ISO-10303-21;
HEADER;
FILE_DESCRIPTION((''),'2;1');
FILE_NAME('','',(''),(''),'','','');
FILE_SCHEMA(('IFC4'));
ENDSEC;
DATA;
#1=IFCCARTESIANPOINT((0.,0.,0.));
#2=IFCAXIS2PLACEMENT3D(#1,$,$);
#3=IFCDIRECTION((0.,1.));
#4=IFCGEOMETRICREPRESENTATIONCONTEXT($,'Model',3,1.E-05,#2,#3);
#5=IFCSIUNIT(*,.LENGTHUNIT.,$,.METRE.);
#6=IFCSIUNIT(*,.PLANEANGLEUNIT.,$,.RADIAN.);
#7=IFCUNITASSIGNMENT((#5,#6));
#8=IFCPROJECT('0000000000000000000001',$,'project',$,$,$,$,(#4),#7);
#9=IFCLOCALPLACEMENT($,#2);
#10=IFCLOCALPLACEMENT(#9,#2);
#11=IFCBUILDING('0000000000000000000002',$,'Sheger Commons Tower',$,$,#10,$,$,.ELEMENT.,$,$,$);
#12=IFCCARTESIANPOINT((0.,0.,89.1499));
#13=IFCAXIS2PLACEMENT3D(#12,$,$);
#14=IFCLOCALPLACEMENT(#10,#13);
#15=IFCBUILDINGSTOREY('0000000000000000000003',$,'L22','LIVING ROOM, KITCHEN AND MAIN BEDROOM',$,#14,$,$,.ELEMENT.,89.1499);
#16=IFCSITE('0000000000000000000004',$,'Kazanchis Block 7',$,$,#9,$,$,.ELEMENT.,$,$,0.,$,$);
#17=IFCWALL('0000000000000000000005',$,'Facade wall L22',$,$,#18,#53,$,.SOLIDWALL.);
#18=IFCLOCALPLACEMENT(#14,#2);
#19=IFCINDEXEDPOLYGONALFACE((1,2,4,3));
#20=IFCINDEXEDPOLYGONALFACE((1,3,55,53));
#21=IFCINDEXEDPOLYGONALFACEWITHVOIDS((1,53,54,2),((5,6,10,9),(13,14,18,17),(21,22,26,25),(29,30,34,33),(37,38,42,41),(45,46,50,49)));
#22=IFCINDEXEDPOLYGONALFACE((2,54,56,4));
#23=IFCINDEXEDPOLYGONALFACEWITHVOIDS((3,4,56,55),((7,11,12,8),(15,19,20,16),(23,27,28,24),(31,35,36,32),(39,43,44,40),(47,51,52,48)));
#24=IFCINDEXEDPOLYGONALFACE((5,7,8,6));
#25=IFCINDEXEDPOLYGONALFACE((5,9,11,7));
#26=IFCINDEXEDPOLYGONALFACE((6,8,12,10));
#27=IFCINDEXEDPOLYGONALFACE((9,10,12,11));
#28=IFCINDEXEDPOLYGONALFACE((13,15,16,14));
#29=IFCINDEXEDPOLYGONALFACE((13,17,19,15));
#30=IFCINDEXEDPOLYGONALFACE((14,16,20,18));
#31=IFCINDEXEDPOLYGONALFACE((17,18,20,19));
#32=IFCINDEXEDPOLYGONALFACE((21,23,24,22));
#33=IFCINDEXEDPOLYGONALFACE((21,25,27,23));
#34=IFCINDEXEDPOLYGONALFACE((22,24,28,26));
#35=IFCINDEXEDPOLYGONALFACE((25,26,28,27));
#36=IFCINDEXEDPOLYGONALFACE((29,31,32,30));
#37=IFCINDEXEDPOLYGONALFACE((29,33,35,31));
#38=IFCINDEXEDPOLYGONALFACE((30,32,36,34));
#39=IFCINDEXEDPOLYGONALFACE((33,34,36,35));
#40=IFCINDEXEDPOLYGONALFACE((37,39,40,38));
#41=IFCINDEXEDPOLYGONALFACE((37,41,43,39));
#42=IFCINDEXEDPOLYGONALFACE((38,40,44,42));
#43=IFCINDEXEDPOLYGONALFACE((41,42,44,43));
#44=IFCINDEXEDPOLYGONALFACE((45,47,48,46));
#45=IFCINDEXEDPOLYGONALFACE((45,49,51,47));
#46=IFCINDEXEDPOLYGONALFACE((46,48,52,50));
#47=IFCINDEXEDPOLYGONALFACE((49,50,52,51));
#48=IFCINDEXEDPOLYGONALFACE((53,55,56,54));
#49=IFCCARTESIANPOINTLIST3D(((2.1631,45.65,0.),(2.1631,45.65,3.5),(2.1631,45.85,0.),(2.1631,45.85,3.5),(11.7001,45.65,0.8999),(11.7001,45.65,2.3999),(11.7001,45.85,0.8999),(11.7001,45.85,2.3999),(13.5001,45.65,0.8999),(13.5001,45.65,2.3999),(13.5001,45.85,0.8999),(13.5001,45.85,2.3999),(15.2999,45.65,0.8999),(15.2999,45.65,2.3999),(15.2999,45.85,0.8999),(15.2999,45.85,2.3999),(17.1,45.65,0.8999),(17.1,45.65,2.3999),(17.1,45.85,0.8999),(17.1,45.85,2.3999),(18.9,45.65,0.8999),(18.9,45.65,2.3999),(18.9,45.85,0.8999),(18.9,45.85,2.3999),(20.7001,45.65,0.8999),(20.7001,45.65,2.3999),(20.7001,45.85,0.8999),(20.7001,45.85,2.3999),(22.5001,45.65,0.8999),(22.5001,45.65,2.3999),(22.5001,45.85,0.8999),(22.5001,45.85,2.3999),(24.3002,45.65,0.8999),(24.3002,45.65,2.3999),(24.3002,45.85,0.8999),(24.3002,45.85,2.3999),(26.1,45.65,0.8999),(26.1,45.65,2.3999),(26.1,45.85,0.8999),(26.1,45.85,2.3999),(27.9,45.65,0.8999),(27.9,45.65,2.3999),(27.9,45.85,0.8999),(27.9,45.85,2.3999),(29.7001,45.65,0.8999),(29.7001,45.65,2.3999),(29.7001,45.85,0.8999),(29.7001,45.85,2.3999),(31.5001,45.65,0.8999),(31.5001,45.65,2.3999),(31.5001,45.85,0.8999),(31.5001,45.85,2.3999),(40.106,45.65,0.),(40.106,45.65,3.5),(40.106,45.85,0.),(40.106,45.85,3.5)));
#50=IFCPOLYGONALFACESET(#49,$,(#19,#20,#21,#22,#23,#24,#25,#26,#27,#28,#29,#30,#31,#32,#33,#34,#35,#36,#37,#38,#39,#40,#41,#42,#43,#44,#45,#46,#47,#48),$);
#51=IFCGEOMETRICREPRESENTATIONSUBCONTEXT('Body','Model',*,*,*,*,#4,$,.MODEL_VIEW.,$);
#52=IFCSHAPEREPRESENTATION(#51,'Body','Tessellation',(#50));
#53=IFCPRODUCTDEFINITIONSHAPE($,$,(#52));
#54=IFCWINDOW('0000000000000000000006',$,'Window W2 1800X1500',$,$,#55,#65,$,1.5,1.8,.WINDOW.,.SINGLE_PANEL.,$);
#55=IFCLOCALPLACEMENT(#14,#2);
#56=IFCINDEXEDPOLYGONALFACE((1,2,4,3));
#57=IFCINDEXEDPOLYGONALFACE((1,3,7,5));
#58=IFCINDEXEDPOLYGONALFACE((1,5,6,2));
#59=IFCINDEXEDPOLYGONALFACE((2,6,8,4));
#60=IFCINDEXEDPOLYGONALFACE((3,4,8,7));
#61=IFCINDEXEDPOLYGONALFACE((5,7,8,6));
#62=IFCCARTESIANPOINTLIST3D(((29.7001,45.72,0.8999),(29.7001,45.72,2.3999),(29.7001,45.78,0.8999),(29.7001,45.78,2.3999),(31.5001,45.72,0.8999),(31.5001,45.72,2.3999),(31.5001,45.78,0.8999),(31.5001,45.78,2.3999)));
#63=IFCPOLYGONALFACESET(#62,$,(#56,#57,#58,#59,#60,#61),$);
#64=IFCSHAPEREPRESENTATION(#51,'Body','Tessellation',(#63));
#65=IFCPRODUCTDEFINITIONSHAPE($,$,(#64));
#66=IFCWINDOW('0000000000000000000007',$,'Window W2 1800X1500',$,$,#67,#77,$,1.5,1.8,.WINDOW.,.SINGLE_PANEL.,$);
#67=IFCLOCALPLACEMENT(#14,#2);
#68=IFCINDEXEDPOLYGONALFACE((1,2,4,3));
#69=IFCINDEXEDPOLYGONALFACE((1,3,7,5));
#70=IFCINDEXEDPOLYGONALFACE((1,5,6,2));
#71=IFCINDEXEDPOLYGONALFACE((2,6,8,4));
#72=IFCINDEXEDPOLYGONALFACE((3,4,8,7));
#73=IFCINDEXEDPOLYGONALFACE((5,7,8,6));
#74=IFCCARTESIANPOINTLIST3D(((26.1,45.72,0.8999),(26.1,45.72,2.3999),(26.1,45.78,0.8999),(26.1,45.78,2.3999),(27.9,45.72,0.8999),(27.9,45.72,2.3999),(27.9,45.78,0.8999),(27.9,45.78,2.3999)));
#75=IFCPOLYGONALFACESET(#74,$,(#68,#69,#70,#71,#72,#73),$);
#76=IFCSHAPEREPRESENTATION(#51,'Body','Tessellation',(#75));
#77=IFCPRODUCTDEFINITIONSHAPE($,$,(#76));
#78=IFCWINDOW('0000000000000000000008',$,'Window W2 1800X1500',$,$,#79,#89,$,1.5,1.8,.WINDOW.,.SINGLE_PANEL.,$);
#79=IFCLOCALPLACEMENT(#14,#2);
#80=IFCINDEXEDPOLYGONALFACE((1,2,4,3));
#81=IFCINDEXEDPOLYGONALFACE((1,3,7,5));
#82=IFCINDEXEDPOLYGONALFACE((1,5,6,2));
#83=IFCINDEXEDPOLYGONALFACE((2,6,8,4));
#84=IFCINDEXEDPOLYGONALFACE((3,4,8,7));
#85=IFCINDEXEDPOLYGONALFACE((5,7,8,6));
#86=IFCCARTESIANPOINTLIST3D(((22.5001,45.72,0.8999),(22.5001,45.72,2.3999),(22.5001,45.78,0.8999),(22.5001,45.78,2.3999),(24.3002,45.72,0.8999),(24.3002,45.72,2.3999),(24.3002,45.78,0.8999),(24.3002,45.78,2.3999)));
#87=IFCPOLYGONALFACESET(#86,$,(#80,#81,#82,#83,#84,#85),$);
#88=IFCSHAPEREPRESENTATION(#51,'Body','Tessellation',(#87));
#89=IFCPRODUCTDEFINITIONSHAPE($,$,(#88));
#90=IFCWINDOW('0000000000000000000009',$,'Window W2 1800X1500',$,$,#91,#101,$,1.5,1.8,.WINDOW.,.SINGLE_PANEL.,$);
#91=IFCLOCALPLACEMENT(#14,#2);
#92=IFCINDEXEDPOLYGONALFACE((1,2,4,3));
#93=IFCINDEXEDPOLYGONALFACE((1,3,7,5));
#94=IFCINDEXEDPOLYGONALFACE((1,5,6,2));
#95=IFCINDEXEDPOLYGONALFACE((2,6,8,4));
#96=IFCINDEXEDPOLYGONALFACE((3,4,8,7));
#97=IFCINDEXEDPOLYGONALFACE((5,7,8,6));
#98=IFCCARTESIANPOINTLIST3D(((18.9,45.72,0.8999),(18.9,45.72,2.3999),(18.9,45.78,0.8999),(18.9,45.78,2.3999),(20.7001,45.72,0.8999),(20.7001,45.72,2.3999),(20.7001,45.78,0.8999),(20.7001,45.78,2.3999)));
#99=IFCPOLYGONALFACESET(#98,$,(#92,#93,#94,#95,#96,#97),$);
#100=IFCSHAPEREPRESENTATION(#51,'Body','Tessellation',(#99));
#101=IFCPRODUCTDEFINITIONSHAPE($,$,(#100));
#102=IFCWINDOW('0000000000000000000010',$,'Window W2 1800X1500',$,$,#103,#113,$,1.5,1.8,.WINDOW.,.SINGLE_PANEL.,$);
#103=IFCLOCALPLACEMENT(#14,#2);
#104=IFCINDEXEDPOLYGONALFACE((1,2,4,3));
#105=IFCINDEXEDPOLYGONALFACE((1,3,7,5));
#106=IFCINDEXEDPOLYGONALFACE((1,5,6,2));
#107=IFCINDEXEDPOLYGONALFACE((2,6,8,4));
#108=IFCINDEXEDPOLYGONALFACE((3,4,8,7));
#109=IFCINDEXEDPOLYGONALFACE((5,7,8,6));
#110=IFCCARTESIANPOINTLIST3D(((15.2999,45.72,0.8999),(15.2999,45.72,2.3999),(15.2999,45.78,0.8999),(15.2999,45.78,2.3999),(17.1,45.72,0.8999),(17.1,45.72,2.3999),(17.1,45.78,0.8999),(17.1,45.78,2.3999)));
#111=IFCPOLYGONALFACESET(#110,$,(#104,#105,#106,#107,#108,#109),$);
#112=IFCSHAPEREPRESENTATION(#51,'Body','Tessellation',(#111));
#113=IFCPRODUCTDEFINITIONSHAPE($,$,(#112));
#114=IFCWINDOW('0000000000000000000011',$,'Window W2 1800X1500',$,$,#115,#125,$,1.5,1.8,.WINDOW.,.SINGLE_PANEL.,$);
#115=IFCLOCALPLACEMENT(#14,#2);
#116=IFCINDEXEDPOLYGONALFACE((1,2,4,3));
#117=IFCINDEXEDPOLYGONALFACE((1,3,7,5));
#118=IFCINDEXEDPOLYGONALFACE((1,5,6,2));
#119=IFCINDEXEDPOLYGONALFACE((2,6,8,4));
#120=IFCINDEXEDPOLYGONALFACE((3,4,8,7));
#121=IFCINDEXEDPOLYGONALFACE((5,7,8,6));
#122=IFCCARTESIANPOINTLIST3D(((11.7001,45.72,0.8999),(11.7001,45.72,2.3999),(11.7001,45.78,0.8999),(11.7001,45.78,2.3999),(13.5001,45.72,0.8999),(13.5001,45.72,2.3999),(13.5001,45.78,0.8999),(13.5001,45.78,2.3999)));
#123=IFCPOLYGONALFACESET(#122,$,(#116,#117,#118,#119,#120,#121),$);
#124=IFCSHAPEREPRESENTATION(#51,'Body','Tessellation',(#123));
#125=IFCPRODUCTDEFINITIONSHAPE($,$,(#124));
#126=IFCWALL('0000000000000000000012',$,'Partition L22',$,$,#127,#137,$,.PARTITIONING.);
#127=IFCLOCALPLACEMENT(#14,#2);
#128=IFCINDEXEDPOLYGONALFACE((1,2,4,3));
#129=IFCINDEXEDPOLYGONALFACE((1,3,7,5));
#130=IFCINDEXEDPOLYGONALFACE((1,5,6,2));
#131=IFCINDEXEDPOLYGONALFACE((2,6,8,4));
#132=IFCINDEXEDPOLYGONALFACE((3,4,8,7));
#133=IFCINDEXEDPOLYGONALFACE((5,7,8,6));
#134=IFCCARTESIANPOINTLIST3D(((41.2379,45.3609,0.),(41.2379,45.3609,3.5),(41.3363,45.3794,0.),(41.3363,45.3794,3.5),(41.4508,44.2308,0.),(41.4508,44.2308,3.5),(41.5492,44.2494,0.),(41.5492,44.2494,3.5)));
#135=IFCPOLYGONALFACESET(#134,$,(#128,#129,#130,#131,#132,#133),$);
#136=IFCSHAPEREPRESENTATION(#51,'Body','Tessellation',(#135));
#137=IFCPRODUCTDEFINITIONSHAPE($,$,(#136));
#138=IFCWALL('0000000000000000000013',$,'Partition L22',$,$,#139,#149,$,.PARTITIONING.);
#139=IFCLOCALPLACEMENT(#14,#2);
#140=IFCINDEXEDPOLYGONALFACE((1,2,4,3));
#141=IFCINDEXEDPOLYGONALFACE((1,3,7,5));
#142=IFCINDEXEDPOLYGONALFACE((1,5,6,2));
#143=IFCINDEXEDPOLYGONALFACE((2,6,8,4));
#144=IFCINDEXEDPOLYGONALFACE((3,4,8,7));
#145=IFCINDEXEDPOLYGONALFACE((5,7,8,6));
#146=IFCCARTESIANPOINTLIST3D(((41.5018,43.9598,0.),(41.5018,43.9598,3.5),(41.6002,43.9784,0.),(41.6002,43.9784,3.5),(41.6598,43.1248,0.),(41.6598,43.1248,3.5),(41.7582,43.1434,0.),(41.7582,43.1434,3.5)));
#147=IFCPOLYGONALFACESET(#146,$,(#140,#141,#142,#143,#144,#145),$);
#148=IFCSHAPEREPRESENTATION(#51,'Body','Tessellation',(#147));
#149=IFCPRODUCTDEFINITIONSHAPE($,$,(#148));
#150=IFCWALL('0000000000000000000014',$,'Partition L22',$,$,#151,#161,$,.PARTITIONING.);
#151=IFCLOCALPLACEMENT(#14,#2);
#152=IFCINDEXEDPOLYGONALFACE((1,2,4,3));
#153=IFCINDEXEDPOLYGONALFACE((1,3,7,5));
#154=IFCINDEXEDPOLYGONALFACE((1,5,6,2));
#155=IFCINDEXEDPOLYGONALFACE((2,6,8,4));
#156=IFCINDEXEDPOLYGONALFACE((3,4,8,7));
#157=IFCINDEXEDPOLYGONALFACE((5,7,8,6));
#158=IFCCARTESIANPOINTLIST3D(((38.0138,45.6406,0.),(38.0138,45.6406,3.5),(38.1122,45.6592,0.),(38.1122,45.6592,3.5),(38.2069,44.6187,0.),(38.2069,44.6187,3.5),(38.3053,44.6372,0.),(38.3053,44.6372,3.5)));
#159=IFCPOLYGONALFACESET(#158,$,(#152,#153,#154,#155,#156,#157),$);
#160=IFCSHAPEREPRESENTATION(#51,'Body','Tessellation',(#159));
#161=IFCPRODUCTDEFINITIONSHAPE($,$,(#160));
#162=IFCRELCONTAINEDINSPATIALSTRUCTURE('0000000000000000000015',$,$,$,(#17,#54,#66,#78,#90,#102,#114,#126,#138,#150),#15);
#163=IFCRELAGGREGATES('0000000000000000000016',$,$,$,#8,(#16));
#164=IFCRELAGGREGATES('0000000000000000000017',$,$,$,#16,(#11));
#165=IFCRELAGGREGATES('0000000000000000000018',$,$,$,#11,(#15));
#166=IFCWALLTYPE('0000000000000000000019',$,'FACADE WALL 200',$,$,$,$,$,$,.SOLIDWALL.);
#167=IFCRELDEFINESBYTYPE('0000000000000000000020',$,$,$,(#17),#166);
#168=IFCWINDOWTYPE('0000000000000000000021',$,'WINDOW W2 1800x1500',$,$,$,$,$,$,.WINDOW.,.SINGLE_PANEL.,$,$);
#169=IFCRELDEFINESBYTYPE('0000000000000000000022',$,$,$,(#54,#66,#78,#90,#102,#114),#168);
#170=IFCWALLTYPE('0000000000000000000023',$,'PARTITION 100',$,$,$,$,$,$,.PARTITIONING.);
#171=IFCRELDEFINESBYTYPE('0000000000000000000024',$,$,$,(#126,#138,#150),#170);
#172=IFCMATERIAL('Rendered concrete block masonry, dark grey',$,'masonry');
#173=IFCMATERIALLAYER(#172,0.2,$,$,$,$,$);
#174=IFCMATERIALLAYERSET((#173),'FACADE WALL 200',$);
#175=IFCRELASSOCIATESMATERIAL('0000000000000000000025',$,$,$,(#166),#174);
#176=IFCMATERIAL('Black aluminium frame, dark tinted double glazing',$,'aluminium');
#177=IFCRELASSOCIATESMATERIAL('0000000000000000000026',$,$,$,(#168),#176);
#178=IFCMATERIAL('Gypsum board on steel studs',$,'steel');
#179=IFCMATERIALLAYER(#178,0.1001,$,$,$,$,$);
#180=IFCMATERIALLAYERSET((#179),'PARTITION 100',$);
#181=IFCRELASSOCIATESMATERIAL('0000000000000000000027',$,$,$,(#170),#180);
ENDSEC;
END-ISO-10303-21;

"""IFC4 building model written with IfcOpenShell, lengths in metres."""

from ifc_helpers import new_model, si_unit, direction, frame, frame_2d, origin, place, context, subcontext, project, spatial, rectangle, extrude, material, layer, layer_set, type_object, element, fill, save


model = new_model("IFC4")

# Units and contexts
model_context = context("Model", 3, precision=1e-05, world=origin(), true_north=direction((0.0, 1.0)))
body_context = subcontext(model_context, "Body", "Model", "MODEL_VIEW")
ifc_project = project(units=[si_unit("LENGTHUNIT", "METRE"), si_unit("PLANEANGLEUNIT", "RADIAN")], contexts=[model_context])

# Site, building, storey
site_placement = place(None, origin())
site = spatial("IfcSite", under=ifc_project, at=site_placement, Name="Kazanchis Block 7", CompositionType="ELEMENT", RefElevation=0.0)
building_placement = place(site_placement, origin())
building = spatial("IfcBuilding", under=site, at=building_placement, Name="Sheger Commons Tower", CompositionType="ELEMENT")
storey_placement = place(building_placement, frame((0.0, 0.0, 89.1499)))
storey = spatial("IfcBuildingStorey", under=building, at=storey_placement, Name="L22", Description="LIVING ROOM, KITCHEN AND MAIN BEDROOM", CompositionType="ELEMENT", Elevation=89.1499)

# Shared definitions
ifc_material_1 = material(Name="Rendered concrete block masonry, dark grey", Category="masonry")
ifc_layer_1 = layer(ifc_material_1, 0.2)
ifc_layer_set_1 = layer_set([ifc_layer_1], Name="FACADE WALL 200")
wall_type_1 = type_object("IfcWallType", Name="FACADE WALL 200", PredefinedType="SOLIDWALL", material=ifc_layer_set_1)

# Wall, openings, windows
wall_1_placement = place(storey_placement, frame((40.106, 45.75, 0.0), z_axis=(0.0, 0.0, 1.0), x_axis=(-1.0, 0.0, 0.0)))
wall_1 = element("IfcWall", 1, at=wall_1_placement, inside=storey, type_object=wall_type_1, Name="Facade wall L22", PredefinedType="SOLIDWALL", context=body_context, shape_type="SweptSolid", body=[
    extrude(rectangle(XDim=37.9429, YDim=0.2, at=frame_2d((18.9714, 0.0))), origin(), (0.0, 0.0, 1.0), 3.5),
])
opening_1_placement = place(wall_1_placement, frame((8.606, 0.0, 0.8999)))
opening_1 = element("IfcOpeningElement", 2, at=opening_1_placement, cuts=wall_1, PredefinedType="OPENING", context=body_context, shape_type="SweptSolid", body=[
    extrude(rectangle(XDim=1.8, YDim=1.5, at=frame_2d((0.8999, 0.75))), frame((0.0, 0.1099, 0.0), z_axis=(0.0, -1.0, 0.0), x_axis=(1.0, 0.0, 0.0)), (0.0, 0.0, 1.0), 0.22),
])
opening_2_placement = place(wall_1_placement, frame((12.2061, 0.0, 0.8999)))
opening_2 = element("IfcOpeningElement", 3, at=opening_2_placement, cuts=wall_1, PredefinedType="OPENING", context=body_context, shape_type="SweptSolid", body=[
    extrude(rectangle(XDim=1.8, YDim=1.5, at=frame_2d((0.8999, 0.75))), frame((0.0, 0.1099, 0.0), z_axis=(0.0, -1.0, 0.0), x_axis=(1.0, 0.0, 0.0)), (0.0, 0.0, 1.0), 0.22),
])
opening_3_placement = place(wall_1_placement, frame((15.8059, 0.0, 0.8999)))
opening_3 = element("IfcOpeningElement", 4, at=opening_3_placement, cuts=wall_1, PredefinedType="OPENING", context=body_context, shape_type="SweptSolid", body=[
    extrude(rectangle(XDim=1.8, YDim=1.5, at=frame_2d((0.8999, 0.75))), frame((0.0, 0.1099, 0.0), z_axis=(0.0, -1.0, 0.0), x_axis=(1.0, 0.0, 0.0)), (0.0, 0.0, 1.0), 0.22),
])
opening_4_placement = place(wall_1_placement, frame((19.406, 0.0, 0.8999)))
opening_4 = element("IfcOpeningElement", 5, at=opening_4_placement, cuts=wall_1, PredefinedType="OPENING", context=body_context, shape_type="SweptSolid", body=[
    extrude(rectangle(XDim=1.8, YDim=1.5, at=frame_2d((0.8999, 0.75))), frame((0.0, 0.1099, 0.0), z_axis=(0.0, -1.0, 0.0), x_axis=(1.0, 0.0, 0.0)), (0.0, 0.0, 1.0), 0.22),
])
opening_5_placement = place(wall_1_placement, frame((23.0061, 0.0, 0.8999)))
opening_5 = element("IfcOpeningElement", 6, at=opening_5_placement, cuts=wall_1, PredefinedType="OPENING", context=body_context, shape_type="SweptSolid", body=[
    extrude(rectangle(XDim=1.8, YDim=1.5, at=frame_2d((0.8999, 0.75))), frame((0.0, 0.1099, 0.0), z_axis=(0.0, -1.0, 0.0), x_axis=(1.0, 0.0, 0.0)), (0.0, 0.0, 1.0), 0.22),
])
opening_6_placement = place(wall_1_placement, frame((26.606, 0.0, 0.8999)))
opening_6 = element("IfcOpeningElement", 7, at=opening_6_placement, cuts=wall_1, PredefinedType="OPENING", context=body_context, shape_type="SweptSolid", body=[
    extrude(rectangle(XDim=1.8, YDim=1.5, at=frame_2d((0.8999, 0.75))), frame((0.0, 0.1099, 0.0), z_axis=(0.0, -1.0, 0.0), x_axis=(1.0, 0.0, 0.0)), (0.0, 0.0, 1.0), 0.22),
])
ifc_material_2 = material(Name="Black aluminium frame, dark tinted double glazing", Category="aluminium")
window_type = type_object("IfcWindowType", Name="WINDOW W2 1800x1500", PartitioningType="SINGLE_PANEL", PredefinedType="WINDOW", material=ifc_material_2)
window_1_placement = place(opening_1_placement, origin())
window_1 = element("IfcWindow", 8, at=window_1_placement, inside=storey, type_object=window_type, Name="Window W2 1800X1500", OverallHeight=1.5, OverallWidth=1.8, PartitioningType="SINGLE_PANEL", PredefinedType="WINDOW", context=body_context, shape_type="SweptSolid", body=[
    extrude(rectangle(XDim=1.8, YDim=1.5, at=frame_2d((0.8999, 0.75))), frame((0.0, 0.03, 0.0), z_axis=(0.0, -1.0, 0.0), x_axis=(1.0, 0.0, 0.0)), (0.0, 0.0, 1.0), 0.0601),
])
fill(opening_1, window_1)
window_2_placement = place(opening_2_placement, origin())
window_2 = element("IfcWindow", 9, at=window_2_placement, inside=storey, type_object=window_type, Name="Window W2 1800X1500", OverallHeight=1.5, OverallWidth=1.8, PartitioningType="SINGLE_PANEL", PredefinedType="WINDOW", context=body_context, shape_type="SweptSolid", body=[
    extrude(rectangle(XDim=1.8, YDim=1.5, at=frame_2d((0.8999, 0.75))), frame((0.0, 0.03, 0.0), z_axis=(0.0, -1.0, 0.0), x_axis=(1.0, 0.0, 0.0)), (0.0, 0.0, 1.0), 0.0601),
])
fill(opening_2, window_2)
window_3_placement = place(opening_3_placement, origin())
window_3 = element("IfcWindow", 10, at=window_3_placement, inside=storey, type_object=window_type, Name="Window W2 1800X1500", OverallHeight=1.5, OverallWidth=1.8, PartitioningType="SINGLE_PANEL", PredefinedType="WINDOW", context=body_context, shape_type="SweptSolid", body=[
    extrude(rectangle(XDim=1.8, YDim=1.5, at=frame_2d((0.8999, 0.75))), frame((0.0, 0.03, 0.0), z_axis=(0.0, -1.0, 0.0), x_axis=(1.0, 0.0, 0.0)), (0.0, 0.0, 1.0), 0.0601),
])
fill(opening_3, window_3)
window_4_placement = place(opening_4_placement, origin())
window_4 = element("IfcWindow", 11, at=window_4_placement, inside=storey, type_object=window_type, Name="Window W2 1800X1500", OverallHeight=1.5, OverallWidth=1.8, PartitioningType="SINGLE_PANEL", PredefinedType="WINDOW", context=body_context, shape_type="SweptSolid", body=[
    extrude(rectangle(XDim=1.8, YDim=1.5, at=frame_2d((0.8999, 0.75))), frame((0.0, 0.03, 0.0), z_axis=(0.0, -1.0, 0.0), x_axis=(1.0, 0.0, 0.0)), (0.0, 0.0, 1.0), 0.0601),
])
fill(opening_4, window_4)
window_5_placement = place(opening_5_placement, origin())
window_5 = element("IfcWindow", 12, at=window_5_placement, inside=storey, type_object=window_type, Name="Window W2 1800X1500", OverallHeight=1.5, OverallWidth=1.8, PartitioningType="SINGLE_PANEL", PredefinedType="WINDOW", context=body_context, shape_type="SweptSolid", body=[
    extrude(rectangle(XDim=1.8, YDim=1.5, at=frame_2d((0.8999, 0.75))), frame((0.0, 0.03, 0.0), z_axis=(0.0, -1.0, 0.0), x_axis=(1.0, 0.0, 0.0)), (0.0, 0.0, 1.0), 0.0601),
])
fill(opening_5, window_5)
window_6_placement = place(opening_6_placement, origin())
window_6 = element("IfcWindow", 13, at=window_6_placement, inside=storey, type_object=window_type, Name="Window W2 1800X1500", OverallHeight=1.5, OverallWidth=1.8, PartitioningType="SINGLE_PANEL", PredefinedType="WINDOW", context=body_context, shape_type="SweptSolid", body=[
    extrude(rectangle(XDim=1.8, YDim=1.5, at=frame_2d((0.8999, 0.75))), frame((0.0, 0.03, 0.0), z_axis=(0.0, -1.0, 0.0), x_axis=(1.0, 0.0, 0.0)), (0.0, 0.0, 1.0), 0.0601),
])
fill(opening_6, window_6)

# Walls
ifc_material_3 = material(Name="Gypsum board on steel studs", Category="steel")
ifc_layer_2 = layer(ifc_material_3, 0.1001)
ifc_layer_set_2 = layer_set([ifc_layer_2], Name="PARTITION 100")
wall_type_2 = type_object("IfcWallType", Name="PARTITION 100", PredefinedType="PARTITIONING", material=ifc_layer_set_2)
wall_2_placement = place(storey_placement, frame((41.2871, 45.3701, 0.0), z_axis=(0.0, 0.0, 1.0), x_axis=(0.185122, -0.982716, 0.0)))
element("IfcWall", 14, at=wall_2_placement, inside=storey, type_object=wall_type_2, Name="Partition L22", PredefinedType="PARTITIONING", context=body_context, shape_type="SweptSolid", body=[
    extrude(rectangle(XDim=1.1499, YDim=0.1001, at=frame_2d((0.575, 0.0))), origin(), (0.0, 0.0, 1.0), 3.5),
])
wall_3_placement = place(storey_placement, frame((41.551, 43.969, 0.0), z_axis=(0.0, 0.0, 1.0), x_axis=(0.185884, -0.982572, 0.0)))
element("IfcWall", 15, at=wall_3_placement, inside=storey, type_object=wall_type_2, Name="Partition L22", PredefinedType="PARTITIONING", context=body_context, shape_type="SweptSolid", body=[
    extrude(rectangle(XDim=0.8499, YDim=0.1001, at=frame_2d((0.4248, 0.0))), origin(), (0.0, 0.0, 1.0), 3.5),
])
wall_4_placement = place(storey_placement, frame((38.063, 45.6499, 0.0), z_axis=(0.0, 0.0, 1.0), x_axis=(0.185677, -0.982611, 0.0)))
element("IfcWall", 16, at=wall_4_placement, inside=storey, type_object=wall_type_2, Name="Partition L22", PredefinedType="PARTITIONING", context=body_context, shape_type="SweptSolid", body=[
    extrude(rectangle(XDim=1.04, YDim=0.1001, at=frame_2d((0.52, 0.0))), origin(), (0.0, 0.0, 1.0), 3.5),
])

save(model, "model.ifc")
